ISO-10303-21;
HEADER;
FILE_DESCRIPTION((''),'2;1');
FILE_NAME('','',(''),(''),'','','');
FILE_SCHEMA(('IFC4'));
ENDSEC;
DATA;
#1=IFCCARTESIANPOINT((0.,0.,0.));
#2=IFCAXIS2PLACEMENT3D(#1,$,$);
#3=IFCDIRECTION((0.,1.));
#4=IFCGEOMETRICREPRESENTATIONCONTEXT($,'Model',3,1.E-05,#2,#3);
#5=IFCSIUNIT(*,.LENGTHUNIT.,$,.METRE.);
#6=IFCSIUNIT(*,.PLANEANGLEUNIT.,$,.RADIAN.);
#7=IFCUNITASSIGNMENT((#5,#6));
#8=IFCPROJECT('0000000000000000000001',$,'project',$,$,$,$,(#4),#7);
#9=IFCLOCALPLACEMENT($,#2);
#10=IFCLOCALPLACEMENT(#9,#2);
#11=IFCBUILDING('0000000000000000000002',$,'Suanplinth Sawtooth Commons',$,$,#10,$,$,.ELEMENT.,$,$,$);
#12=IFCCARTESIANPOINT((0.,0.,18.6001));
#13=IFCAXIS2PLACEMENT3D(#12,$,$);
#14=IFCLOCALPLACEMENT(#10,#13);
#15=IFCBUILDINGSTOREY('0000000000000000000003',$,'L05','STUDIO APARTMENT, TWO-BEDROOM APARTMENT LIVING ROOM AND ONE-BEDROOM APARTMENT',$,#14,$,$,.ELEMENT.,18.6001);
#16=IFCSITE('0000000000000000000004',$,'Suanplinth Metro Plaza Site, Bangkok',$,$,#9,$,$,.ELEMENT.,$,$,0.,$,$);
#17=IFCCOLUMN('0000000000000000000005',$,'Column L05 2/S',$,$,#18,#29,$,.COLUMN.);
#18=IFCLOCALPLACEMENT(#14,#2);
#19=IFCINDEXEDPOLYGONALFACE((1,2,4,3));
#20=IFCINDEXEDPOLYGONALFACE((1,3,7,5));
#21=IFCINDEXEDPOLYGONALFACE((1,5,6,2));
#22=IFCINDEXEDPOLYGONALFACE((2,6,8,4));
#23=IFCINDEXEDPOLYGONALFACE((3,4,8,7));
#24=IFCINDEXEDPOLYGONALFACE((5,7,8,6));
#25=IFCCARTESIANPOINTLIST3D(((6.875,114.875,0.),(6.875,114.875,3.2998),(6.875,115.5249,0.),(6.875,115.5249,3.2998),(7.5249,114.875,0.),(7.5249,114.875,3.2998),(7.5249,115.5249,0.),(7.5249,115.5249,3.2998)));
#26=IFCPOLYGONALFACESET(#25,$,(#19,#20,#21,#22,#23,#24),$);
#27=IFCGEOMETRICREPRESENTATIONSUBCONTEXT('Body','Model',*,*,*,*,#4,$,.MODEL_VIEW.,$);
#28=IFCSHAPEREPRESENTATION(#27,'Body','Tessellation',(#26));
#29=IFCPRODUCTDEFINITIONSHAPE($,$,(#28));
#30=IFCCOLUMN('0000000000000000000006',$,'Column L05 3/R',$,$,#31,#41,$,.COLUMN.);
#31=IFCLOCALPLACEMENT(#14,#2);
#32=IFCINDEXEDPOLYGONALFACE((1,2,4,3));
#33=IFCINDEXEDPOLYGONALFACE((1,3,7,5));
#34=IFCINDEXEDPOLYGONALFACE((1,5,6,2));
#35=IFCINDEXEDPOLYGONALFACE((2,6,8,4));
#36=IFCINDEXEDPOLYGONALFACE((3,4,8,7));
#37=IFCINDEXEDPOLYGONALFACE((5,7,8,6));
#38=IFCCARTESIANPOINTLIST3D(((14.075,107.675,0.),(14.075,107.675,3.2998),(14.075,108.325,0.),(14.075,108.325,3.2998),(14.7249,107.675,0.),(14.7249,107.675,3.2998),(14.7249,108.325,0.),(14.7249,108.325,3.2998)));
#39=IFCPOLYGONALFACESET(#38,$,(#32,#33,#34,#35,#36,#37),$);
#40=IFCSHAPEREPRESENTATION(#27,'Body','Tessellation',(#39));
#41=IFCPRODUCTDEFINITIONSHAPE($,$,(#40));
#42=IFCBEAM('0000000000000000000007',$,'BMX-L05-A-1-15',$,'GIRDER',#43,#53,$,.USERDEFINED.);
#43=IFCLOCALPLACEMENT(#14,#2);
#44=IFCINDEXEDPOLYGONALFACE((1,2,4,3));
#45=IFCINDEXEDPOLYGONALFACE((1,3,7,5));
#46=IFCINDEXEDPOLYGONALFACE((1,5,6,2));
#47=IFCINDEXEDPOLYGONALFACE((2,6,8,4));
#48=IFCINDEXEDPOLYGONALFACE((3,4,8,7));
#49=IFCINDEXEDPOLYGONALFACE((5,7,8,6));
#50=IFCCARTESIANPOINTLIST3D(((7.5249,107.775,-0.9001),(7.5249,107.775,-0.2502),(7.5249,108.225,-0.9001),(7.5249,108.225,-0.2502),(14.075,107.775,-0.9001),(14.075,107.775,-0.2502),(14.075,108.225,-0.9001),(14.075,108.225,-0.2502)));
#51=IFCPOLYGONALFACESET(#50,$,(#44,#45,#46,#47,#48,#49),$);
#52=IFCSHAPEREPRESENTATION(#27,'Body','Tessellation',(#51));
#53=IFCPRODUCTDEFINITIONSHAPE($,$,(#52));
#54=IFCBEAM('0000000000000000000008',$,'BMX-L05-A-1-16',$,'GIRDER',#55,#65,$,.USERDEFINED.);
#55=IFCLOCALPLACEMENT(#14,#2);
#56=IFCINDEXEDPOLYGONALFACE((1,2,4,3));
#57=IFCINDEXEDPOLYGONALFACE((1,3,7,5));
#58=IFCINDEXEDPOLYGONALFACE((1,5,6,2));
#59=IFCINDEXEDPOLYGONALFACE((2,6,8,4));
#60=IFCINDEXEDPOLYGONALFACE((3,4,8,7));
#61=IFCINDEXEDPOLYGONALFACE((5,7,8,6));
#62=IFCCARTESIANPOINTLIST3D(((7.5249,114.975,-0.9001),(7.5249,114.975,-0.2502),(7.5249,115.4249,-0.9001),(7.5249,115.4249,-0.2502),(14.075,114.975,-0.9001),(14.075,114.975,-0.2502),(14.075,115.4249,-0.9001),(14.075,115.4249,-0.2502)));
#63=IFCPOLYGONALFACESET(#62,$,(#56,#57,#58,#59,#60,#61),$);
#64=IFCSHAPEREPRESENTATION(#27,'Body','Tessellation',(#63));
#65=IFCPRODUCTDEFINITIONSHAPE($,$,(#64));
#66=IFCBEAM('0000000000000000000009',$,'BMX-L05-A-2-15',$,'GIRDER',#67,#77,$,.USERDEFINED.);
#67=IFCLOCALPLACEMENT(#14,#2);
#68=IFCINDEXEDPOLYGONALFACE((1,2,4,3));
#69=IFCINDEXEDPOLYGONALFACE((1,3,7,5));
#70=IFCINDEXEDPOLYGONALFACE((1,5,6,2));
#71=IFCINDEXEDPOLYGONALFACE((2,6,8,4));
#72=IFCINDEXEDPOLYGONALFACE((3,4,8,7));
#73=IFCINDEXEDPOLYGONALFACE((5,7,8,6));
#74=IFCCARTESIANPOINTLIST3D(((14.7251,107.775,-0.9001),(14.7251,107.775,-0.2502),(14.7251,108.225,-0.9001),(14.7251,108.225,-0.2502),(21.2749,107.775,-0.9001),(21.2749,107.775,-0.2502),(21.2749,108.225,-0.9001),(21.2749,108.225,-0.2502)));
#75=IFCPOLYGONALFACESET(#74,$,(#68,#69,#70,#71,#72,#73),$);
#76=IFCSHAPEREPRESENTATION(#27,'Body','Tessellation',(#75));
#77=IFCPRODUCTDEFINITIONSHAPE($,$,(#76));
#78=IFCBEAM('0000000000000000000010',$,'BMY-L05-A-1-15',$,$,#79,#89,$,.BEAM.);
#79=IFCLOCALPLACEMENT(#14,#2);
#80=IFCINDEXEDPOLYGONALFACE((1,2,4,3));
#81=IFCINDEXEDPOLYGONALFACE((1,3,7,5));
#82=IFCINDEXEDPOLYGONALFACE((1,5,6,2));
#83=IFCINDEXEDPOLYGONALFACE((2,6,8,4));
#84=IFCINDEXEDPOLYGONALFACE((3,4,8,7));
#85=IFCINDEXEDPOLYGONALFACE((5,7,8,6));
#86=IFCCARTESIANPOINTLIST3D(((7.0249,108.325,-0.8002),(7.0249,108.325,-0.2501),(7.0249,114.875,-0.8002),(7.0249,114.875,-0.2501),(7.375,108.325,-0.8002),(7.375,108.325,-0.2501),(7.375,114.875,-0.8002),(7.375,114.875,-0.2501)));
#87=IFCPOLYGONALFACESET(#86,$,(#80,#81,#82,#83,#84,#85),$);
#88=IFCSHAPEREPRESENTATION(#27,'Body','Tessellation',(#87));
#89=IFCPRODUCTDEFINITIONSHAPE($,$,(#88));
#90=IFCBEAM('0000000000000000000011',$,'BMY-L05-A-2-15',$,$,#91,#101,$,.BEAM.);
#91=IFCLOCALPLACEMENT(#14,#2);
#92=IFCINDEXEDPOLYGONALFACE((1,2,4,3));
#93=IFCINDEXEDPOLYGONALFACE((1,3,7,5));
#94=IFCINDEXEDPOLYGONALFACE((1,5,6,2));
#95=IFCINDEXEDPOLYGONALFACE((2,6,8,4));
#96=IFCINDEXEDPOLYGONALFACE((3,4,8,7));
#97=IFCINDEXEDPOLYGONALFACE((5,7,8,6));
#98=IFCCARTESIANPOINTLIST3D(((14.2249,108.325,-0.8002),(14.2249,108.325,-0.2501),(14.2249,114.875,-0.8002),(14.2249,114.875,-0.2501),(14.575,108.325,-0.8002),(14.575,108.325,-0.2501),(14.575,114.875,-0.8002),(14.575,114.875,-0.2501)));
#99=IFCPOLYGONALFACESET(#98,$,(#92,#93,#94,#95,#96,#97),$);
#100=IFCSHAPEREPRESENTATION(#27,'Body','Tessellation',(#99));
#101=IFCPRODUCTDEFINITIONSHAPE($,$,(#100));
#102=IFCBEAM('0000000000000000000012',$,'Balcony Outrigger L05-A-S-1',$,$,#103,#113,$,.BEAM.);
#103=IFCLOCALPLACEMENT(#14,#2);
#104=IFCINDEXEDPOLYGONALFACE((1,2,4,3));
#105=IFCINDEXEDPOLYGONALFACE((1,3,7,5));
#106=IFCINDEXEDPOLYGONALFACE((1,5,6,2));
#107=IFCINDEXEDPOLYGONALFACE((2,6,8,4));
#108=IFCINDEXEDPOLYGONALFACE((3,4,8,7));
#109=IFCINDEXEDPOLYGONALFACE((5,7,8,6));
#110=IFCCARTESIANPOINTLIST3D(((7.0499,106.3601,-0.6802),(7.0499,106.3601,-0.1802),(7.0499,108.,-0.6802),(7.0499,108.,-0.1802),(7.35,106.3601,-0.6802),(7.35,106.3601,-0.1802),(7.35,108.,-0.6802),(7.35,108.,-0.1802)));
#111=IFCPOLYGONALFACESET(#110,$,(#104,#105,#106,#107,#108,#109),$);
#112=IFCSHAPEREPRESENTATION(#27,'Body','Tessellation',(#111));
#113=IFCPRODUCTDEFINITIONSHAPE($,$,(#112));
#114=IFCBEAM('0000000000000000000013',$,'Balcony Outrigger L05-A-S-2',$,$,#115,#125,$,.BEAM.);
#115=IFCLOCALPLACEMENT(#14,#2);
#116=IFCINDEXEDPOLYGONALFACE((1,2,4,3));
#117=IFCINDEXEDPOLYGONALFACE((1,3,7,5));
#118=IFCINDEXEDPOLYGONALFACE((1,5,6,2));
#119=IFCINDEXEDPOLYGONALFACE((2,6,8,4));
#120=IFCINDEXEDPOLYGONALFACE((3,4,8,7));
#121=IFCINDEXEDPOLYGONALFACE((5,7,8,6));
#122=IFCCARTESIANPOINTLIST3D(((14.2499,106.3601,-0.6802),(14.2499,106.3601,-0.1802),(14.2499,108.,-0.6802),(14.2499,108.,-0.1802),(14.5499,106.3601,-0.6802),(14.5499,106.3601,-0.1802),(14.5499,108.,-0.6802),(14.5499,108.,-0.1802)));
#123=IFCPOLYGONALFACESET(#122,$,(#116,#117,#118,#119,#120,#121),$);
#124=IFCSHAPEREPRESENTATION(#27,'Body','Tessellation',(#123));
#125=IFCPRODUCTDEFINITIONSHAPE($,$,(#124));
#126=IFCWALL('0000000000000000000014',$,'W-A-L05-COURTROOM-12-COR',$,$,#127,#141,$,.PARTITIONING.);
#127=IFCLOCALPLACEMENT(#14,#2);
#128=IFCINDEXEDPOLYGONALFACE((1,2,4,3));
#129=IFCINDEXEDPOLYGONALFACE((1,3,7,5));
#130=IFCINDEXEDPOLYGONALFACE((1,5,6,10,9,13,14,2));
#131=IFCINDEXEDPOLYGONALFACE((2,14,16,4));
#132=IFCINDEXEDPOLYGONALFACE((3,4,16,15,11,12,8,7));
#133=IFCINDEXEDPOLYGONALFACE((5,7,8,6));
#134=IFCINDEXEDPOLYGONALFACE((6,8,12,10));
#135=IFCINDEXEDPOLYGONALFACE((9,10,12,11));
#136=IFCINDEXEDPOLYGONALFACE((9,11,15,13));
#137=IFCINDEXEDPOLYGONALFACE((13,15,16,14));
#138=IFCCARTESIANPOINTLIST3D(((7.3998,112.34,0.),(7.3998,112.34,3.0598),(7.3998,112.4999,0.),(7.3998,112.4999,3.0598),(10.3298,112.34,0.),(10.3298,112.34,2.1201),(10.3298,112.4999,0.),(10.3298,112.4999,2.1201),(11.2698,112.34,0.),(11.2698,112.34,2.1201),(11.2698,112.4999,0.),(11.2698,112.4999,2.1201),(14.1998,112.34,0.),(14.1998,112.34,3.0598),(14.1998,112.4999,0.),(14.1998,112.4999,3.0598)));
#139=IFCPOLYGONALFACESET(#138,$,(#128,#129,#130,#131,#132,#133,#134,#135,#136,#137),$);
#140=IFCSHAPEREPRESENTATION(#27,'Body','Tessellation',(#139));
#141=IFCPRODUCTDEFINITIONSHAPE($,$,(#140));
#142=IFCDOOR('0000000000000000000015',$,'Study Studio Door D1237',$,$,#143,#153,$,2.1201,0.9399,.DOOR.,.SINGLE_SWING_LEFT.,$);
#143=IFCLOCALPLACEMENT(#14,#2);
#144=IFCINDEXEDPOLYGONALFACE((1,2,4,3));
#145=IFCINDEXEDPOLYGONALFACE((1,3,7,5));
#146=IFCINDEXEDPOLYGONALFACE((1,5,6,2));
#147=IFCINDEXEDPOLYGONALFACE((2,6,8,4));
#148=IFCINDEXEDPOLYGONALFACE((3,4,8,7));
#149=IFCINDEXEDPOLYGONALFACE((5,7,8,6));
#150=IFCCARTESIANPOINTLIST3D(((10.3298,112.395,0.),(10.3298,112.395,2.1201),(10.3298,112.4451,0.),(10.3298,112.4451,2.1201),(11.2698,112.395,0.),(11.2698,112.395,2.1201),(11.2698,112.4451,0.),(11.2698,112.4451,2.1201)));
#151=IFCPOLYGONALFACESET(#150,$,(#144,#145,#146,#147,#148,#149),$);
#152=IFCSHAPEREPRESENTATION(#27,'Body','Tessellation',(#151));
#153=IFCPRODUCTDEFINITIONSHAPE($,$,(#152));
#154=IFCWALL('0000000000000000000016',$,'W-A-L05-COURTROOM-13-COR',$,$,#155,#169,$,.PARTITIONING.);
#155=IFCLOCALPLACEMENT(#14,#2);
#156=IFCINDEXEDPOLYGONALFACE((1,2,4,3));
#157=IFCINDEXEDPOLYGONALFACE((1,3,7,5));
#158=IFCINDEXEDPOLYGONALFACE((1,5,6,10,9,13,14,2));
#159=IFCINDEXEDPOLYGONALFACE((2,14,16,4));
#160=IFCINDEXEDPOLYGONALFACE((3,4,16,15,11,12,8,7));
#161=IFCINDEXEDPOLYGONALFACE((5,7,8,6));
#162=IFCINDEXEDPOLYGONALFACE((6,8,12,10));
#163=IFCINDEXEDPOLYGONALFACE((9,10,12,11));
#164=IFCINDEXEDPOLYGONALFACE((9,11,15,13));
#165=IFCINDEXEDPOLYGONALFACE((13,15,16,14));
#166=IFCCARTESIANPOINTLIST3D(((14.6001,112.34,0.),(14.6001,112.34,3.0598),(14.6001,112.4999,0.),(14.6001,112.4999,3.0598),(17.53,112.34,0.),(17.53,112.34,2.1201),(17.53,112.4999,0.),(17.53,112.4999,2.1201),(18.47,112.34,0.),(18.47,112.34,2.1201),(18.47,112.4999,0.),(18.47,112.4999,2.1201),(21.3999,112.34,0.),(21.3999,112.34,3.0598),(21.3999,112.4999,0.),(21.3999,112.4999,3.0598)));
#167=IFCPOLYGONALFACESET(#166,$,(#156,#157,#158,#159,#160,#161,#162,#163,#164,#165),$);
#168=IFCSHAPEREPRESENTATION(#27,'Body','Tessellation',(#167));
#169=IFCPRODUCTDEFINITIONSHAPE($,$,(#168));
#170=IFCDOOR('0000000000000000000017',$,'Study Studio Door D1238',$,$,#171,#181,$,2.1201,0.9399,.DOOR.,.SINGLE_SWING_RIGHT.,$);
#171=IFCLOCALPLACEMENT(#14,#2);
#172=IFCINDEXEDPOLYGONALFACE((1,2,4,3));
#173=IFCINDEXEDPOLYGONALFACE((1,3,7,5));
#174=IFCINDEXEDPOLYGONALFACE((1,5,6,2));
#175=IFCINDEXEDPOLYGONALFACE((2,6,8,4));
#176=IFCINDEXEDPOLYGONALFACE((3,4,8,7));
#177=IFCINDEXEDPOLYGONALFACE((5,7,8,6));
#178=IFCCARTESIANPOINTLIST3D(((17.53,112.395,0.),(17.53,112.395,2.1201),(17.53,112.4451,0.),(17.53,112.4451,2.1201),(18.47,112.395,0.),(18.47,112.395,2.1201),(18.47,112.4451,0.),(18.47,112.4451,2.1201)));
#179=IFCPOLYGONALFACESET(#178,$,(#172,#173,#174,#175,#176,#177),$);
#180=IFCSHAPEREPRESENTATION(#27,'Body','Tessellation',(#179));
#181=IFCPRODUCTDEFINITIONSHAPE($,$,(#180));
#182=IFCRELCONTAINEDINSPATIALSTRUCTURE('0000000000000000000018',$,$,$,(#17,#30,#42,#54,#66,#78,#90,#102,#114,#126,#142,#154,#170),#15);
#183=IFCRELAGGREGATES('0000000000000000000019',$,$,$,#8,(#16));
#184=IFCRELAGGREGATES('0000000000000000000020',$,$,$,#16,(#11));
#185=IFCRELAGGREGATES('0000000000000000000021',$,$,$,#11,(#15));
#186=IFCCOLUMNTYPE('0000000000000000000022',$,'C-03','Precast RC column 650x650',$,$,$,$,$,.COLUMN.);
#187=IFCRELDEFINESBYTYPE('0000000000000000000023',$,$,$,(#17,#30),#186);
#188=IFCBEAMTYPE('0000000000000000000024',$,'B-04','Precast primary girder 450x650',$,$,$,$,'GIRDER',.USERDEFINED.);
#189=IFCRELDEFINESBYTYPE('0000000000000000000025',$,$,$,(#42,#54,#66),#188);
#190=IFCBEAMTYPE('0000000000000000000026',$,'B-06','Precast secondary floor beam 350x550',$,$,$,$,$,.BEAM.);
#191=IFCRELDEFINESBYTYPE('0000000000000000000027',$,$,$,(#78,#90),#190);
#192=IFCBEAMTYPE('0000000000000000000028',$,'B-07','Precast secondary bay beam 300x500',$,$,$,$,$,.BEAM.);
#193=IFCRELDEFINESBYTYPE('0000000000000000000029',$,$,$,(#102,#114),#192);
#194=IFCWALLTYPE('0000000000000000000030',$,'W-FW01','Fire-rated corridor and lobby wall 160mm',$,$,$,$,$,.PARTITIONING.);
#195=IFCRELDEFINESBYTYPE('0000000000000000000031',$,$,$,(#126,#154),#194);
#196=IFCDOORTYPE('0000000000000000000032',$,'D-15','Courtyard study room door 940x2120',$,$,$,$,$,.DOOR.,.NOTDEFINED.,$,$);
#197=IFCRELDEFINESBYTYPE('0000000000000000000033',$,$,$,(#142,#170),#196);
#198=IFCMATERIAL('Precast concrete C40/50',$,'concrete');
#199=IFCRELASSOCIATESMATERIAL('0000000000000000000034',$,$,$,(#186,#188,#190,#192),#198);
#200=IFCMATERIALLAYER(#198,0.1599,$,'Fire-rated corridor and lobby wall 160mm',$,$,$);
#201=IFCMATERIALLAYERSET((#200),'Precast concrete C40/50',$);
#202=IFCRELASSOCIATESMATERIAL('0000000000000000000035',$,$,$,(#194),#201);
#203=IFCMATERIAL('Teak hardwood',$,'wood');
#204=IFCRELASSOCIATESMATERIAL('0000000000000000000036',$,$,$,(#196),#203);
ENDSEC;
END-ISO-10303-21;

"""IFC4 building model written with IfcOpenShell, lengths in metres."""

from ifc_helpers import new_model, si_unit, direction, frame, frame_2d, origin, origin_2d, place, context, subcontext, project, spatial, rectangle, extrude, material, layer, layer_set, material_profile, profile_set, type_object, element, fill, save


model = new_model("IFC4")

# Units and contexts
model_context = context("Model", 3, precision=1e-05, world=origin(), true_north=direction((0.0, 1.0)))
body_context = subcontext(model_context, "Body", "Model", "MODEL_VIEW")
ifc_project = project(units=[si_unit("LENGTHUNIT", "METRE"), si_unit("PLANEANGLEUNIT", "RADIAN")], contexts=[model_context])

# Site, building, storey
site_placement = place(None, origin())
site = spatial("IfcSite", under=ifc_project, at=site_placement, Name="Suanplinth Metro Plaza Site, Bangkok", CompositionType="ELEMENT", RefElevation=0.0)
building_placement = place(site_placement, origin())
building = spatial("IfcBuilding", under=site, at=building_placement, Name="Suanplinth Sawtooth Commons", CompositionType="ELEMENT")
storey_placement = place(building_placement, frame((0.0, 0.0, 18.6001)))
storey = spatial("IfcBuildingStorey", under=building, at=storey_placement, Name="L05", Description="STUDIO APARTMENT, TWO-BEDROOM APARTMENT LIVING ROOM AND ONE-BEDROOM APARTMENT", CompositionType="ELEMENT", Elevation=18.6001)

# Columns
ifc_material_1 = material(Name="Precast concrete C40/50", Category="concrete")
ifc_material_profile_1 = material_profile(ifc_material_1, rectangle(XDim=0.6499, YDim=0.6499, at=origin_2d()), Name="PC-COL 650x650")
ifc_profile_set_1 = profile_set([ifc_material_profile_1], Name="Precast concrete C40/50")
column_type = type_object("IfcColumnType", Name="C-03", Description="Precast RC column 650x650", PredefinedType="COLUMN", material=ifc_profile_set_1)
for number, where, z_axis, x_axis, name in (
    (1, (7.2, 115.2, 0.0), (0.0, 0.0, 1.0), (1.0, 0.0, 0.0), "Column L05 2/S"),
    (2, (14.3999, 108.0, 0.0), (0.0, 0.0, 1.0), (1.0, 0.0, 0.0), "Column L05 3/R"),
):
    element("IfcColumn", number, at=place(storey_placement, frame(where, z_axis=z_axis, x_axis=x_axis)), inside=storey, type_object=column_type, Name=name, PredefinedType="COLUMN", context=body_context, shape_type="SweptSolid", body=[
        extrude(rectangle(XDim=0.6499, YDim=0.6499, at=origin_2d()), origin(), (0.0, 0.0, 1.0), 3.2998),
    ])

# Beams
ifc_material_profile_2 = material_profile(ifc_material_1, rectangle(XDim=0.45, YDim=0.6499, at=origin_2d()), Name="PC-GDR 450x650")
ifc_profile_set_2 = profile_set([ifc_material_profile_2], Name="Precast concrete C40/50")
beam_type_1 = type_object("IfcBeamType", Name="B-04", Description="Precast primary girder 450x650", ElementType="GIRDER", PredefinedType="USERDEFINED", material=ifc_profile_set_2)
for number, where, z_axis, x_axis, name in (
    (3, (7.5249, 108.0, -0.5752), (1.0, 0.0, 0.0), (0.0, 1.0, 0.0), "BMX-L05-A-1-15"),
    (4, (7.5249, 115.2, -0.5752), (1.0, 0.0, 0.0), (0.0, 1.0, 0.0), "BMX-L05-A-1-16"),
):
    element("IfcBeam", number, at=place(storey_placement, frame(where, z_axis=z_axis, x_axis=x_axis)), inside=storey, type_object=beam_type_1, Name=name, ObjectType="GIRDER", PredefinedType="USERDEFINED", context=body_context, shape_type="SweptSolid", body=[
        extrude(rectangle(XDim=0.45, YDim=0.6499, at=origin_2d()), origin(), (0.0, 0.0, 1.0), 6.55),
    ])
beam_placement = place(storey_placement, frame((14.7251, 108.0, -0.5752), z_axis=(1.0, 0.0, 0.0), x_axis=(0.0, 1.0, 0.0)))
element("IfcBeam", 5, at=beam_placement, inside=storey, type_object=beam_type_1, Name="BMX-L05-A-2-15", ObjectType="GIRDER", PredefinedType="USERDEFINED", context=body_context, shape_type="SweptSolid", body=[
    extrude(rectangle(XDim=0.45, YDim=0.6499, at=origin_2d()), origin(), (0.0, 0.0, 1.0), 6.5498),
])
ifc_material_profile_3 = material_profile(ifc_material_1, rectangle(XDim=0.3501, YDim=0.55, at=origin_2d()), Name="PC-BM 350x550")
ifc_profile_set_3 = profile_set([ifc_material_profile_3], Name="Precast concrete C40/50")
beam_type_2 = type_object("IfcBeamType", Name="B-06", Description="Precast secondary floor beam 350x550", PredefinedType="BEAM", material=ifc_profile_set_3)
for number, where, z_axis, x_axis, name in (
    (6, (7.2, 108.325, -0.5251), (0.0, 1.0, 0.0), (-1.0, 0.0, 0.0), "BMY-L05-A-1-15"),
    (7, (14.3999, 108.325, -0.5251), (0.0, 1.0, 0.0), (-1.0, 0.0, 0.0), "BMY-L05-A-2-15"),
):
    element("IfcBeam", number, at=place(storey_placement, frame(where, z_axis=z_axis, x_axis=x_axis)), inside=storey, type_object=beam_type_2, Name=name, PredefinedType="BEAM", context=body_context, shape_type="SweptSolid", body=[
        extrude(rectangle(XDim=0.3501, YDim=0.55, at=origin_2d()), origin(), (0.0, 0.0, 1.0), 6.55),
    ])
ifc_material_profile_4 = material_profile(ifc_material_1, rectangle(XDim=0.3, YDim=0.5, at=origin_2d()), Name="PC-BM 300x500")
ifc_profile_set_4 = profile_set([ifc_material_profile_4], Name="Precast concrete C40/50")
beam_type_3 = type_object("IfcBeamType", Name="B-07", Description="Precast secondary bay beam 300x500", PredefinedType="BEAM", material=ifc_profile_set_4)
for number, where, z_axis, x_axis, name in (
    (8, (7.2, 108.0, -0.4302), (0.0, -1.0, 0.0), (1.0, 0.0, 0.0), "Balcony Outrigger L05-A-S-1"),
    (9, (14.3999, 108.0, -0.4302), (0.0, -1.0, 0.0), (1.0, 0.0, 0.0), "Balcony Outrigger L05-A-S-2"),
):
    element("IfcBeam", number, at=place(storey_placement, frame(where, z_axis=z_axis, x_axis=x_axis)), inside=storey, type_object=beam_type_3, Name=name, PredefinedType="BEAM", context=body_context, shape_type="SweptSolid", body=[
        extrude(rectangle(XDim=0.3, YDim=0.5, at=origin_2d()), origin(), (0.0, 0.0, 1.0), 1.6399),
    ])

# Walls, openings, doors
ifc_layer_1 = layer(ifc_material_1, 0.1599, Name="Fire-rated corridor and lobby wall 160mm")
ifc_layer_set_1 = layer_set([ifc_layer_1], Name="Precast concrete C40/50")
wall_type_1 = type_object("IfcWallType", Name="W-FW01", Description="Fire-rated corridor and lobby wall 160mm", PredefinedType="PARTITIONING", material=ifc_layer_set_1)
wall_1_placement = place(storey_placement, frame((7.3999, 112.4199, 0.0), z_axis=(0.0, 0.0, 1.0), x_axis=(1.0, 0.0, 0.0)))
wall_1 = element("IfcWall", 10, at=wall_1_placement, inside=storey, type_object=wall_type_1, Name="W-A-L05-COURTROOM-12-COR", PredefinedType="PARTITIONING", context=body_context, shape_type="SweptSolid", body=[
    extrude(rectangle(XDim=6.8, YDim=0.1599, at=frame_2d((3.3999, 0.0))), origin(), (0.0, 0.0, 1.0), 3.0598),
])
opening_1_placement = place(wall_1_placement, frame((2.9299, 0.0, 0.0)))
opening_1 = element("IfcOpeningElement", 11, at=opening_1_placement, cuts=wall_1, PredefinedType="OPENING", context=body_context, shape_type="SweptSolid", body=[
    extrude(rectangle(XDim=0.9399, YDim=2.1201, at=frame_2d((0.47, 1.0601))), frame((0.0, 0.0947, 0.0), z_axis=(0.0, -1.0, 0.0), x_axis=(1.0, 0.0, 0.0)), (0.0, 0.0, 1.0), 0.1897),
])
ifc_material_2 = material(Name="Teak hardwood", Category="wood")
door_type_1 = type_object("IfcDoorType", Name="D-15", Description="Courtyard study room door 940x2120", OperationType="NOTDEFINED", PredefinedType="DOOR", material=ifc_material_2)
door_1_placement = place(opening_1_placement, frame((0.9399, 0.0, 0.0), z_axis=(0.0, 0.0, 1.0), x_axis=(-1.0, 0.0, 0.0)))
door_1 = element("IfcDoor", 12, at=door_1_placement, inside=storey, type_object=door_type_1, Name="Study Studio Door D1237", OperationType="SINGLE_SWING_LEFT", OverallHeight=2.1201, OverallWidth=0.9399, PredefinedType="DOOR", context=body_context, shape_type="SweptSolid", body=[
    extrude(rectangle(XDim=0.9399, YDim=2.1201, at=frame_2d((0.47, 1.0601))), frame((0.0, 0.0249, 0.0), z_axis=(0.0, -1.0, 0.0), x_axis=(1.0, 0.0, 0.0)), (0.0, 0.0, 1.0), 0.05),
])
fill(opening_1, door_1)
wall_2_placement = place(storey_placement, frame((14.6001, 112.4199, 0.0), z_axis=(0.0, 0.0, 1.0), x_axis=(1.0, 0.0, 0.0)))
wall_2 = element("IfcWall", 13, at=wall_2_placement, inside=storey, type_object=wall_type_1, Name="W-A-L05-COURTROOM-13-COR", PredefinedType="PARTITIONING", context=body_context, shape_type="SweptSolid", body=[
    extrude(rectangle(XDim=6.7998, YDim=0.1599, at=frame_2d((3.3999, 0.0))), origin(), (0.0, 0.0, 1.0), 3.0598),
])
opening_2_placement = place(wall_2_placement, frame((2.9299, 0.0, 0.0)))
opening_2 = element("IfcOpeningElement", 14, at=opening_2_placement, cuts=wall_2, PredefinedType="OPENING", context=body_context, shape_type="SweptSolid", body=[
    extrude(rectangle(XDim=0.9399, YDim=2.1201, at=frame_2d((0.47, 1.0601))), frame((0.0, 0.0947, 0.0), z_axis=(0.0, -1.0, 0.0), x_axis=(1.0, 0.0, 0.0)), (0.0, 0.0, 1.0), 0.1897),
])
door_2_placement = place(opening_2_placement, frame((0.9399, 0.0, 0.0), z_axis=(0.0, 0.0, 1.0), x_axis=(-1.0, 0.0, 0.0)))
door_2 = element("IfcDoor", 15, at=door_2_placement, inside=storey, type_object=door_type_1, Name="Study Studio Door D1238", OperationType="SINGLE_SWING_RIGHT", OverallHeight=2.1201, OverallWidth=0.9399, PredefinedType="DOOR", context=body_context, shape_type="SweptSolid", body=[
    extrude(rectangle(XDim=0.9399, YDim=2.1201, at=frame_2d((0.47, 1.0601))), frame((0.0, 0.0249, 0.0), z_axis=(0.0, -1.0, 0.0), x_axis=(1.0, 0.0, 0.0)), (0.0, 0.0, 1.0), 0.05),
])
fill(opening_2, door_2)

save(model, "model.ifc")
